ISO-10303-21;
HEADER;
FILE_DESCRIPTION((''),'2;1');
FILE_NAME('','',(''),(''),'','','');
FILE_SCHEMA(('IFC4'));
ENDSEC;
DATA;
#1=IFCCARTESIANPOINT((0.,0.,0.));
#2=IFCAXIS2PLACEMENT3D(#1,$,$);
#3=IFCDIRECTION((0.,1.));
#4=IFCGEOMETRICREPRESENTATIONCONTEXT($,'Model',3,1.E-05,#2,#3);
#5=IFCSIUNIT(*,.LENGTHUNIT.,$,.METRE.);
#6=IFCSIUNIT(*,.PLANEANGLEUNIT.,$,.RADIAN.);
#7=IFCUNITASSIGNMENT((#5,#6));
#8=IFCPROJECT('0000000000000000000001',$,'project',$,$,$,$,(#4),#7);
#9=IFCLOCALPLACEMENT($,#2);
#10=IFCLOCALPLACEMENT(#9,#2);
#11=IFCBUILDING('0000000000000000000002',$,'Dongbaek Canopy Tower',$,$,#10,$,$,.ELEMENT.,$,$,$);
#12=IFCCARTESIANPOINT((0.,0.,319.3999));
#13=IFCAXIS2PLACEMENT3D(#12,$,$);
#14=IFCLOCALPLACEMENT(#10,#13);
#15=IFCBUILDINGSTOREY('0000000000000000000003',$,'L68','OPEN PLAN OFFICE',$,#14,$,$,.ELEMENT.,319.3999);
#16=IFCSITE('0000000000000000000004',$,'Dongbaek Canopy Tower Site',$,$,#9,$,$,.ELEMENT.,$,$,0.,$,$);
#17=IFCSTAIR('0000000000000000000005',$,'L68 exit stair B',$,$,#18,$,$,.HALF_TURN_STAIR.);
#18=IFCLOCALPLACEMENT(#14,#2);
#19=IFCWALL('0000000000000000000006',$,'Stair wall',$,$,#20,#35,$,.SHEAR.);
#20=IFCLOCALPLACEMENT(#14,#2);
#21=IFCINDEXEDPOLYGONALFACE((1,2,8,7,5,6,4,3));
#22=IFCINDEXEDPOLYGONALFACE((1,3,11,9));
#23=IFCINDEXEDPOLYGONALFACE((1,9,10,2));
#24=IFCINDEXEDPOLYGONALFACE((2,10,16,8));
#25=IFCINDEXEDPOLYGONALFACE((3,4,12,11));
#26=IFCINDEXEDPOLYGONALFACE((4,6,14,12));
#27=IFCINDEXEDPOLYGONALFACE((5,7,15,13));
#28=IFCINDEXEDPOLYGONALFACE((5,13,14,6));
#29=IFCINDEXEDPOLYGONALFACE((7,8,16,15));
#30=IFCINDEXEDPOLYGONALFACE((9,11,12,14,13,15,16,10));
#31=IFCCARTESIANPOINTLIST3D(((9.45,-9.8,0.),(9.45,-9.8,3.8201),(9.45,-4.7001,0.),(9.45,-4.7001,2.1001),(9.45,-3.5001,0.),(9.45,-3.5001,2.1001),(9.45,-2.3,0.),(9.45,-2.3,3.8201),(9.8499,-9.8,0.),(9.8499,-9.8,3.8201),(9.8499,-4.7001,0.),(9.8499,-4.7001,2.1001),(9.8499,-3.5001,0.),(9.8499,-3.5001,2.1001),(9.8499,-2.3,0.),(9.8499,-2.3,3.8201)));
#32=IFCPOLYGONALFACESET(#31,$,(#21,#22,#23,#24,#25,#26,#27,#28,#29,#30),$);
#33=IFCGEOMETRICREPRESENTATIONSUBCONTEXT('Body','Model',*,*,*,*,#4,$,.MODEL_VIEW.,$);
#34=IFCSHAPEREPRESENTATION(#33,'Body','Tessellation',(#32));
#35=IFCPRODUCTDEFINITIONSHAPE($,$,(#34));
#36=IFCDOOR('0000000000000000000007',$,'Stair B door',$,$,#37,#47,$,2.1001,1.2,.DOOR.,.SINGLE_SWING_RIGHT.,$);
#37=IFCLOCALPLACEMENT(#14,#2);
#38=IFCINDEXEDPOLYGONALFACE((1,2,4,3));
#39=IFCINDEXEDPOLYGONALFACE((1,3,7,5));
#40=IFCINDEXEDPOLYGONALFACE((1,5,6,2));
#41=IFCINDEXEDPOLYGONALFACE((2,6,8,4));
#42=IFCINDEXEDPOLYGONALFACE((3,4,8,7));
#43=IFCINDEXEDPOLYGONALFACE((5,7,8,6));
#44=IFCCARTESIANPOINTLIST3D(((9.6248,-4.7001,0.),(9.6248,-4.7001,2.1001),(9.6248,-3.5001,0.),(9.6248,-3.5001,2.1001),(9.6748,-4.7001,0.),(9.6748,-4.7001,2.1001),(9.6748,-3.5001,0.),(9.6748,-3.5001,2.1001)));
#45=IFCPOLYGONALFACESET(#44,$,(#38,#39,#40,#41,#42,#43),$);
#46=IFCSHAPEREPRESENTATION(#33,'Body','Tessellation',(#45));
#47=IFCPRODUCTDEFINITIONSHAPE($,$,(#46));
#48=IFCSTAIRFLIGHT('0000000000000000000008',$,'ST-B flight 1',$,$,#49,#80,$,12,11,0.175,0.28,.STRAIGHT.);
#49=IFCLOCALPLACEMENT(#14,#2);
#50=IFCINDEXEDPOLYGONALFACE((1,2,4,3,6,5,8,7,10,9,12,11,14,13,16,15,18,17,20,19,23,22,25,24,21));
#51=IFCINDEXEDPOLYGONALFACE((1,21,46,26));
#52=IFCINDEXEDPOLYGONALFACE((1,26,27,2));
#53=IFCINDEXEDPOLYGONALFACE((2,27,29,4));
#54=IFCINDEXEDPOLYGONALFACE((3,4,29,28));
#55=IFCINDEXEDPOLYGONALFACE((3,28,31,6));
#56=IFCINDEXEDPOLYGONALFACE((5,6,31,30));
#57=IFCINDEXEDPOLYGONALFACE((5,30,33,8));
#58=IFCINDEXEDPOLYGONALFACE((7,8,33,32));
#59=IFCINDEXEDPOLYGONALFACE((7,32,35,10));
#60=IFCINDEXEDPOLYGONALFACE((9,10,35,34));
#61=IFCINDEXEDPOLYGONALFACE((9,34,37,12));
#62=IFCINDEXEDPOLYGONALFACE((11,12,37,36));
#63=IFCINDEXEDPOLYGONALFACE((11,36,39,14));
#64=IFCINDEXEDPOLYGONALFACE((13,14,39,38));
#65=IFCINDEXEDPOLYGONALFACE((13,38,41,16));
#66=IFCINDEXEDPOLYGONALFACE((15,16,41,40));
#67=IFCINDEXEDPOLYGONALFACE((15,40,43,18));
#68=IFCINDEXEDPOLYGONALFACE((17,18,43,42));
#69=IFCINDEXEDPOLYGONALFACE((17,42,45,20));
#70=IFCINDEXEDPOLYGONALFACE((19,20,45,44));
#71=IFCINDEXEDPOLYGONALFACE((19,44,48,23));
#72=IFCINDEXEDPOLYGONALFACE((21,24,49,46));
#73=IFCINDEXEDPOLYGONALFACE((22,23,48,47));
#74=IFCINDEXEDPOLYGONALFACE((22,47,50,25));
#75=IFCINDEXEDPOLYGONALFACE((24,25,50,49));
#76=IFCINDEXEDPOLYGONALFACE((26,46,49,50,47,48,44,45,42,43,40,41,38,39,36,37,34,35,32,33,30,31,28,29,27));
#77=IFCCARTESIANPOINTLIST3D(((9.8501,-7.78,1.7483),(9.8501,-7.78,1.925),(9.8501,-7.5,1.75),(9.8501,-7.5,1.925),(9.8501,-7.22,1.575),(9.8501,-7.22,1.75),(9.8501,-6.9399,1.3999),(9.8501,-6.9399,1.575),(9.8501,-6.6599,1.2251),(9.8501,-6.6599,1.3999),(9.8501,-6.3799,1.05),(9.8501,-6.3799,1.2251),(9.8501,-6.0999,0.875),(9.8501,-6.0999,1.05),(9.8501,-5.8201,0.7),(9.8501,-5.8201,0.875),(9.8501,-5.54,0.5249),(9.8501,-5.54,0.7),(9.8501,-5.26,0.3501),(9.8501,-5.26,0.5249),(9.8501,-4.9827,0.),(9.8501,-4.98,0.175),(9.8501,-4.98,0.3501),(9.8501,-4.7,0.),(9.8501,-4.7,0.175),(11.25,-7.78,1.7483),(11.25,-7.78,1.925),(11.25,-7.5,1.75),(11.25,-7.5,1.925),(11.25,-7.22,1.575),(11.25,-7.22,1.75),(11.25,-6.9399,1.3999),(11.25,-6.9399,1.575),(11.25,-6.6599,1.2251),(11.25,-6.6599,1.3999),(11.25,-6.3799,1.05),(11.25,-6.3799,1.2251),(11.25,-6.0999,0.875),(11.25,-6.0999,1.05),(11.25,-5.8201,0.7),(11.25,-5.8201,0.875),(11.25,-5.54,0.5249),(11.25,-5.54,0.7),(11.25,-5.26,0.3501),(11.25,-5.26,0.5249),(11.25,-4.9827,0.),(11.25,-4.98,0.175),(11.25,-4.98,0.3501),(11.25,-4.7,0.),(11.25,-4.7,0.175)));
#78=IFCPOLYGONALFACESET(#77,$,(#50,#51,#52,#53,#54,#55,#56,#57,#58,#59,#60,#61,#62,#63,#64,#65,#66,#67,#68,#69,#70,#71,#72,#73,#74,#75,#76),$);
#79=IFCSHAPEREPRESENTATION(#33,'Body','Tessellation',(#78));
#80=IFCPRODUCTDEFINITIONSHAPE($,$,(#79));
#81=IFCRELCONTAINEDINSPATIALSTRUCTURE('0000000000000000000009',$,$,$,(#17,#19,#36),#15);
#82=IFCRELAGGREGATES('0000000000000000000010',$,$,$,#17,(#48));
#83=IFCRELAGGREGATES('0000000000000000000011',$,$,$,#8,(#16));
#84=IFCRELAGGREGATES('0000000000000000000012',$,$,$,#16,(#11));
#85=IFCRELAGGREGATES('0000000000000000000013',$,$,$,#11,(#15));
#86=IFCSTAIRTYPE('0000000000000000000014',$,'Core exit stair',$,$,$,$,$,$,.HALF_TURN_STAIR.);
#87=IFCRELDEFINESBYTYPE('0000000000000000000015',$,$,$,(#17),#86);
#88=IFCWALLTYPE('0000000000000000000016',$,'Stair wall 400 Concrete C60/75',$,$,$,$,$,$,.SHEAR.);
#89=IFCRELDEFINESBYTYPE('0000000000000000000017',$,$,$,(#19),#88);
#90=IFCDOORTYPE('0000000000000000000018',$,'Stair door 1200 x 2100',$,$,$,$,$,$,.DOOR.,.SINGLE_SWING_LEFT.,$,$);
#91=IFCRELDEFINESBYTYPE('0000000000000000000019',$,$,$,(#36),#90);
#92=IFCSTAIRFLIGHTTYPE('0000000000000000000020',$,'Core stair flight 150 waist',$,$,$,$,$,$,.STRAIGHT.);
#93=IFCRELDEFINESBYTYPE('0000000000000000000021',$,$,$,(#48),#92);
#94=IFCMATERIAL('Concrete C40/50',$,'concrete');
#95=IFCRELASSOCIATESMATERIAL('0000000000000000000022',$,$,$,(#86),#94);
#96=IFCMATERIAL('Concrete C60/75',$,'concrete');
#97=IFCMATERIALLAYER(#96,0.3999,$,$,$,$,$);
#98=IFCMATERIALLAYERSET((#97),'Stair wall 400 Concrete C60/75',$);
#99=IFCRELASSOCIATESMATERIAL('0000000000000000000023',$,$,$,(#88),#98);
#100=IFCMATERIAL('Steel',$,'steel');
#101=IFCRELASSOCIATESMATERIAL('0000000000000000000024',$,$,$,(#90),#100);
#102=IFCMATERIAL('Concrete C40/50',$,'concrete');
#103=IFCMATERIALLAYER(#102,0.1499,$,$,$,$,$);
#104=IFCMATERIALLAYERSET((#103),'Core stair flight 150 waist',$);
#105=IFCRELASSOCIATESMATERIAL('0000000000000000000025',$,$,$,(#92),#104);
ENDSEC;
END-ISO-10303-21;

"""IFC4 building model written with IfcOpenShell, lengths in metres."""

from ifc_helpers import new_model, si_unit, direction, frame, frame_2d, origin, place, context, subcontext, project, spatial, polyline, rectangle, outline, extrude, material, layer, layer_set, type_object, element, fill, aggregate, save


model = new_model("IFC4")

# Units and contexts
model_context = context("Model", 3, precision=1e-05, world=origin(), true_north=direction((0.0, 1.0)))
body_context = subcontext(model_context, "Body", "Model", "MODEL_VIEW")
ifc_project = project(units=[si_unit("LENGTHUNIT", "METRE"), si_unit("PLANEANGLEUNIT", "RADIAN")], contexts=[model_context])

# Site, building, storey
site_placement = place(None, origin())
site = spatial("IfcSite", under=ifc_project, at=site_placement, Name="Dongbaek Canopy Tower Site", CompositionType="ELEMENT", RefElevation=0.0)
building_placement = place(site_placement, origin())
building = spatial("IfcBuilding", under=site, at=building_placement, Name="Dongbaek Canopy Tower", CompositionType="ELEMENT")
storey_placement = place(building_placement, frame((0.0, 0.0, 319.3999)))
storey = spatial("IfcBuildingStorey", under=building, at=storey_placement, Name="L68", Description="OPEN PLAN OFFICE", CompositionType="ELEMENT", Elevation=319.3999)

# Stair
ifc_material_1 = material(Name="Concrete C40/50", Category="concrete")
stair_type = type_object("IfcStairType", Name="Core exit stair", PredefinedType="HALF_TURN_STAIR", material=ifc_material_1)
stair_1_placement = place(storey_placement, origin())
stair_1 = element("IfcStair", 1, at=stair_1_placement, inside=storey, type_object=stair_type, Name="L68 exit stair B", PredefinedType="HALF_TURN_STAIR")

# Wall, opening, door
ifc_material_2 = material(Name="Concrete C60/75", Category="concrete")
ifc_layer_1 = layer(ifc_material_2, 0.3999)
ifc_layer_set_1 = layer_set([ifc_layer_1], Name="Stair wall 400 Concrete C60/75")
wall_type_1 = type_object("IfcWallType", Name="Stair wall 400 Concrete C60/75", PredefinedType="SHEAR", material=ifc_layer_set_1)
wall_1_placement = place(storey_placement, frame((9.6499, -2.3, 0.0), z_axis=(0.0, 0.0, 1.0), x_axis=(0.0, -1.0, 0.0)))
wall_1 = element("IfcWall", 2, at=wall_1_placement, inside=storey, type_object=wall_type_1, Name="Stair wall", PredefinedType="SHEAR", context=body_context, shape_type="SweptSolid", body=[
    extrude(rectangle(XDim=7.5, YDim=0.3999, at=frame_2d((3.75, 0.0))), origin(), (0.0, 0.0, 1.0), 3.8201),
])
opening_1_placement = place(wall_1_placement, frame((1.2, 0.0, 0.0)))
opening_1 = element("IfcOpeningElement", 3, at=opening_1_placement, cuts=wall_1, PredefinedType="OPENING", context=body_context, shape_type="SweptSolid", body=[
    extrude(rectangle(XDim=1.2, YDim=2.1001, at=frame_2d((0.6001, 1.05))), frame((0.0, 0.21, 0.0), z_axis=(0.0, -1.0, 0.0), x_axis=(1.0, 0.0, 0.0)), (0.0, 0.0, 1.0), 0.4199),
])
ifc_material_3 = material(Name="Steel", Category="steel")
door_type_1 = type_object("IfcDoorType", Name="Stair door 1200 x 2100", OperationType="SINGLE_SWING_LEFT", PredefinedType="DOOR", material=ifc_material_3)
door_1_placement = place(opening_1_placement, origin())
door_1 = element("IfcDoor", 4, at=door_1_placement, inside=storey, type_object=door_type_1, Name="Stair B door", OperationType="SINGLE_SWING_RIGHT", OverallHeight=2.1001, OverallWidth=1.2, PredefinedType="DOOR", context=body_context, shape_type="SweptSolid", body=[
    extrude(rectangle(XDim=1.2, YDim=2.1001, at=frame_2d((0.6001, 1.05))), frame((0.0, 0.0249, 0.0), z_axis=(0.0, -1.0, 0.0), x_axis=(1.0, 0.0, 0.0)), (0.0, 0.0, 1.0), 0.05),
])
fill(opening_1, door_1)

# Stair flight
ifc_material_4 = material(Name="Concrete C40/50", Category="concrete")
ifc_layer_2 = layer(ifc_material_4, 0.1499)
ifc_layer_set_2 = layer_set([ifc_layer_2], Name="Core stair flight 150 waist")
stair_flight_type = type_object("IfcStairFlightType", Name="Core stair flight 150 waist", PredefinedType="STRAIGHT", material=ifc_layer_set_2)
stair_flight_placement = place(storey_placement, frame((10.55, -4.7, 0.0), z_axis=(0.0, 0.0, 1.0), x_axis=(0.0, -1.0, 0.0)))
stair_flight = element("IfcStairFlight", 5, at=stair_flight_placement, type_object=stair_flight_type, Name="ST-B flight 1", NumberOfRisers=12, NumberOfTreads=11, PredefinedType="STRAIGHT", RiserHeight=0.175, TreadLength=0.28, context=body_context, shape_type="SweptSolid", body=[
    extrude(outline(polyline([(0.0, 0.0), (0.0, 0.175), (0.28, 0.175), (0.28, 0.3501), (0.5601, 0.3501), (0.5601, 0.5249), (0.8401, 0.5249), (0.8401, 0.7), (1.1201, 0.7), (1.1201, 0.875), (1.3999, 0.875), (1.3999, 1.05), (1.6799, 1.05), (1.6799, 1.2251), (1.96, 1.2251), (1.96, 1.3999), (2.24, 1.3999), (2.24, 1.575), (2.52, 1.575), (2.52, 1.75), (2.8, 1.75), (2.8, 1.925), (3.0801, 1.925), (3.0801, 2.1001), (3.0801, 1.7483), (0.2827, 0.0), (0.0, 0.0)])), frame((0.0, 0.7, 0.0), z_axis=(0.0, -1.0, 0.0), x_axis=(1.0, 0.0, 0.0)), (0.0, 0.0, 1.0), 1.3999),
])
aggregate(stair_1, [stair_flight])

save(model, "model.ifc")
